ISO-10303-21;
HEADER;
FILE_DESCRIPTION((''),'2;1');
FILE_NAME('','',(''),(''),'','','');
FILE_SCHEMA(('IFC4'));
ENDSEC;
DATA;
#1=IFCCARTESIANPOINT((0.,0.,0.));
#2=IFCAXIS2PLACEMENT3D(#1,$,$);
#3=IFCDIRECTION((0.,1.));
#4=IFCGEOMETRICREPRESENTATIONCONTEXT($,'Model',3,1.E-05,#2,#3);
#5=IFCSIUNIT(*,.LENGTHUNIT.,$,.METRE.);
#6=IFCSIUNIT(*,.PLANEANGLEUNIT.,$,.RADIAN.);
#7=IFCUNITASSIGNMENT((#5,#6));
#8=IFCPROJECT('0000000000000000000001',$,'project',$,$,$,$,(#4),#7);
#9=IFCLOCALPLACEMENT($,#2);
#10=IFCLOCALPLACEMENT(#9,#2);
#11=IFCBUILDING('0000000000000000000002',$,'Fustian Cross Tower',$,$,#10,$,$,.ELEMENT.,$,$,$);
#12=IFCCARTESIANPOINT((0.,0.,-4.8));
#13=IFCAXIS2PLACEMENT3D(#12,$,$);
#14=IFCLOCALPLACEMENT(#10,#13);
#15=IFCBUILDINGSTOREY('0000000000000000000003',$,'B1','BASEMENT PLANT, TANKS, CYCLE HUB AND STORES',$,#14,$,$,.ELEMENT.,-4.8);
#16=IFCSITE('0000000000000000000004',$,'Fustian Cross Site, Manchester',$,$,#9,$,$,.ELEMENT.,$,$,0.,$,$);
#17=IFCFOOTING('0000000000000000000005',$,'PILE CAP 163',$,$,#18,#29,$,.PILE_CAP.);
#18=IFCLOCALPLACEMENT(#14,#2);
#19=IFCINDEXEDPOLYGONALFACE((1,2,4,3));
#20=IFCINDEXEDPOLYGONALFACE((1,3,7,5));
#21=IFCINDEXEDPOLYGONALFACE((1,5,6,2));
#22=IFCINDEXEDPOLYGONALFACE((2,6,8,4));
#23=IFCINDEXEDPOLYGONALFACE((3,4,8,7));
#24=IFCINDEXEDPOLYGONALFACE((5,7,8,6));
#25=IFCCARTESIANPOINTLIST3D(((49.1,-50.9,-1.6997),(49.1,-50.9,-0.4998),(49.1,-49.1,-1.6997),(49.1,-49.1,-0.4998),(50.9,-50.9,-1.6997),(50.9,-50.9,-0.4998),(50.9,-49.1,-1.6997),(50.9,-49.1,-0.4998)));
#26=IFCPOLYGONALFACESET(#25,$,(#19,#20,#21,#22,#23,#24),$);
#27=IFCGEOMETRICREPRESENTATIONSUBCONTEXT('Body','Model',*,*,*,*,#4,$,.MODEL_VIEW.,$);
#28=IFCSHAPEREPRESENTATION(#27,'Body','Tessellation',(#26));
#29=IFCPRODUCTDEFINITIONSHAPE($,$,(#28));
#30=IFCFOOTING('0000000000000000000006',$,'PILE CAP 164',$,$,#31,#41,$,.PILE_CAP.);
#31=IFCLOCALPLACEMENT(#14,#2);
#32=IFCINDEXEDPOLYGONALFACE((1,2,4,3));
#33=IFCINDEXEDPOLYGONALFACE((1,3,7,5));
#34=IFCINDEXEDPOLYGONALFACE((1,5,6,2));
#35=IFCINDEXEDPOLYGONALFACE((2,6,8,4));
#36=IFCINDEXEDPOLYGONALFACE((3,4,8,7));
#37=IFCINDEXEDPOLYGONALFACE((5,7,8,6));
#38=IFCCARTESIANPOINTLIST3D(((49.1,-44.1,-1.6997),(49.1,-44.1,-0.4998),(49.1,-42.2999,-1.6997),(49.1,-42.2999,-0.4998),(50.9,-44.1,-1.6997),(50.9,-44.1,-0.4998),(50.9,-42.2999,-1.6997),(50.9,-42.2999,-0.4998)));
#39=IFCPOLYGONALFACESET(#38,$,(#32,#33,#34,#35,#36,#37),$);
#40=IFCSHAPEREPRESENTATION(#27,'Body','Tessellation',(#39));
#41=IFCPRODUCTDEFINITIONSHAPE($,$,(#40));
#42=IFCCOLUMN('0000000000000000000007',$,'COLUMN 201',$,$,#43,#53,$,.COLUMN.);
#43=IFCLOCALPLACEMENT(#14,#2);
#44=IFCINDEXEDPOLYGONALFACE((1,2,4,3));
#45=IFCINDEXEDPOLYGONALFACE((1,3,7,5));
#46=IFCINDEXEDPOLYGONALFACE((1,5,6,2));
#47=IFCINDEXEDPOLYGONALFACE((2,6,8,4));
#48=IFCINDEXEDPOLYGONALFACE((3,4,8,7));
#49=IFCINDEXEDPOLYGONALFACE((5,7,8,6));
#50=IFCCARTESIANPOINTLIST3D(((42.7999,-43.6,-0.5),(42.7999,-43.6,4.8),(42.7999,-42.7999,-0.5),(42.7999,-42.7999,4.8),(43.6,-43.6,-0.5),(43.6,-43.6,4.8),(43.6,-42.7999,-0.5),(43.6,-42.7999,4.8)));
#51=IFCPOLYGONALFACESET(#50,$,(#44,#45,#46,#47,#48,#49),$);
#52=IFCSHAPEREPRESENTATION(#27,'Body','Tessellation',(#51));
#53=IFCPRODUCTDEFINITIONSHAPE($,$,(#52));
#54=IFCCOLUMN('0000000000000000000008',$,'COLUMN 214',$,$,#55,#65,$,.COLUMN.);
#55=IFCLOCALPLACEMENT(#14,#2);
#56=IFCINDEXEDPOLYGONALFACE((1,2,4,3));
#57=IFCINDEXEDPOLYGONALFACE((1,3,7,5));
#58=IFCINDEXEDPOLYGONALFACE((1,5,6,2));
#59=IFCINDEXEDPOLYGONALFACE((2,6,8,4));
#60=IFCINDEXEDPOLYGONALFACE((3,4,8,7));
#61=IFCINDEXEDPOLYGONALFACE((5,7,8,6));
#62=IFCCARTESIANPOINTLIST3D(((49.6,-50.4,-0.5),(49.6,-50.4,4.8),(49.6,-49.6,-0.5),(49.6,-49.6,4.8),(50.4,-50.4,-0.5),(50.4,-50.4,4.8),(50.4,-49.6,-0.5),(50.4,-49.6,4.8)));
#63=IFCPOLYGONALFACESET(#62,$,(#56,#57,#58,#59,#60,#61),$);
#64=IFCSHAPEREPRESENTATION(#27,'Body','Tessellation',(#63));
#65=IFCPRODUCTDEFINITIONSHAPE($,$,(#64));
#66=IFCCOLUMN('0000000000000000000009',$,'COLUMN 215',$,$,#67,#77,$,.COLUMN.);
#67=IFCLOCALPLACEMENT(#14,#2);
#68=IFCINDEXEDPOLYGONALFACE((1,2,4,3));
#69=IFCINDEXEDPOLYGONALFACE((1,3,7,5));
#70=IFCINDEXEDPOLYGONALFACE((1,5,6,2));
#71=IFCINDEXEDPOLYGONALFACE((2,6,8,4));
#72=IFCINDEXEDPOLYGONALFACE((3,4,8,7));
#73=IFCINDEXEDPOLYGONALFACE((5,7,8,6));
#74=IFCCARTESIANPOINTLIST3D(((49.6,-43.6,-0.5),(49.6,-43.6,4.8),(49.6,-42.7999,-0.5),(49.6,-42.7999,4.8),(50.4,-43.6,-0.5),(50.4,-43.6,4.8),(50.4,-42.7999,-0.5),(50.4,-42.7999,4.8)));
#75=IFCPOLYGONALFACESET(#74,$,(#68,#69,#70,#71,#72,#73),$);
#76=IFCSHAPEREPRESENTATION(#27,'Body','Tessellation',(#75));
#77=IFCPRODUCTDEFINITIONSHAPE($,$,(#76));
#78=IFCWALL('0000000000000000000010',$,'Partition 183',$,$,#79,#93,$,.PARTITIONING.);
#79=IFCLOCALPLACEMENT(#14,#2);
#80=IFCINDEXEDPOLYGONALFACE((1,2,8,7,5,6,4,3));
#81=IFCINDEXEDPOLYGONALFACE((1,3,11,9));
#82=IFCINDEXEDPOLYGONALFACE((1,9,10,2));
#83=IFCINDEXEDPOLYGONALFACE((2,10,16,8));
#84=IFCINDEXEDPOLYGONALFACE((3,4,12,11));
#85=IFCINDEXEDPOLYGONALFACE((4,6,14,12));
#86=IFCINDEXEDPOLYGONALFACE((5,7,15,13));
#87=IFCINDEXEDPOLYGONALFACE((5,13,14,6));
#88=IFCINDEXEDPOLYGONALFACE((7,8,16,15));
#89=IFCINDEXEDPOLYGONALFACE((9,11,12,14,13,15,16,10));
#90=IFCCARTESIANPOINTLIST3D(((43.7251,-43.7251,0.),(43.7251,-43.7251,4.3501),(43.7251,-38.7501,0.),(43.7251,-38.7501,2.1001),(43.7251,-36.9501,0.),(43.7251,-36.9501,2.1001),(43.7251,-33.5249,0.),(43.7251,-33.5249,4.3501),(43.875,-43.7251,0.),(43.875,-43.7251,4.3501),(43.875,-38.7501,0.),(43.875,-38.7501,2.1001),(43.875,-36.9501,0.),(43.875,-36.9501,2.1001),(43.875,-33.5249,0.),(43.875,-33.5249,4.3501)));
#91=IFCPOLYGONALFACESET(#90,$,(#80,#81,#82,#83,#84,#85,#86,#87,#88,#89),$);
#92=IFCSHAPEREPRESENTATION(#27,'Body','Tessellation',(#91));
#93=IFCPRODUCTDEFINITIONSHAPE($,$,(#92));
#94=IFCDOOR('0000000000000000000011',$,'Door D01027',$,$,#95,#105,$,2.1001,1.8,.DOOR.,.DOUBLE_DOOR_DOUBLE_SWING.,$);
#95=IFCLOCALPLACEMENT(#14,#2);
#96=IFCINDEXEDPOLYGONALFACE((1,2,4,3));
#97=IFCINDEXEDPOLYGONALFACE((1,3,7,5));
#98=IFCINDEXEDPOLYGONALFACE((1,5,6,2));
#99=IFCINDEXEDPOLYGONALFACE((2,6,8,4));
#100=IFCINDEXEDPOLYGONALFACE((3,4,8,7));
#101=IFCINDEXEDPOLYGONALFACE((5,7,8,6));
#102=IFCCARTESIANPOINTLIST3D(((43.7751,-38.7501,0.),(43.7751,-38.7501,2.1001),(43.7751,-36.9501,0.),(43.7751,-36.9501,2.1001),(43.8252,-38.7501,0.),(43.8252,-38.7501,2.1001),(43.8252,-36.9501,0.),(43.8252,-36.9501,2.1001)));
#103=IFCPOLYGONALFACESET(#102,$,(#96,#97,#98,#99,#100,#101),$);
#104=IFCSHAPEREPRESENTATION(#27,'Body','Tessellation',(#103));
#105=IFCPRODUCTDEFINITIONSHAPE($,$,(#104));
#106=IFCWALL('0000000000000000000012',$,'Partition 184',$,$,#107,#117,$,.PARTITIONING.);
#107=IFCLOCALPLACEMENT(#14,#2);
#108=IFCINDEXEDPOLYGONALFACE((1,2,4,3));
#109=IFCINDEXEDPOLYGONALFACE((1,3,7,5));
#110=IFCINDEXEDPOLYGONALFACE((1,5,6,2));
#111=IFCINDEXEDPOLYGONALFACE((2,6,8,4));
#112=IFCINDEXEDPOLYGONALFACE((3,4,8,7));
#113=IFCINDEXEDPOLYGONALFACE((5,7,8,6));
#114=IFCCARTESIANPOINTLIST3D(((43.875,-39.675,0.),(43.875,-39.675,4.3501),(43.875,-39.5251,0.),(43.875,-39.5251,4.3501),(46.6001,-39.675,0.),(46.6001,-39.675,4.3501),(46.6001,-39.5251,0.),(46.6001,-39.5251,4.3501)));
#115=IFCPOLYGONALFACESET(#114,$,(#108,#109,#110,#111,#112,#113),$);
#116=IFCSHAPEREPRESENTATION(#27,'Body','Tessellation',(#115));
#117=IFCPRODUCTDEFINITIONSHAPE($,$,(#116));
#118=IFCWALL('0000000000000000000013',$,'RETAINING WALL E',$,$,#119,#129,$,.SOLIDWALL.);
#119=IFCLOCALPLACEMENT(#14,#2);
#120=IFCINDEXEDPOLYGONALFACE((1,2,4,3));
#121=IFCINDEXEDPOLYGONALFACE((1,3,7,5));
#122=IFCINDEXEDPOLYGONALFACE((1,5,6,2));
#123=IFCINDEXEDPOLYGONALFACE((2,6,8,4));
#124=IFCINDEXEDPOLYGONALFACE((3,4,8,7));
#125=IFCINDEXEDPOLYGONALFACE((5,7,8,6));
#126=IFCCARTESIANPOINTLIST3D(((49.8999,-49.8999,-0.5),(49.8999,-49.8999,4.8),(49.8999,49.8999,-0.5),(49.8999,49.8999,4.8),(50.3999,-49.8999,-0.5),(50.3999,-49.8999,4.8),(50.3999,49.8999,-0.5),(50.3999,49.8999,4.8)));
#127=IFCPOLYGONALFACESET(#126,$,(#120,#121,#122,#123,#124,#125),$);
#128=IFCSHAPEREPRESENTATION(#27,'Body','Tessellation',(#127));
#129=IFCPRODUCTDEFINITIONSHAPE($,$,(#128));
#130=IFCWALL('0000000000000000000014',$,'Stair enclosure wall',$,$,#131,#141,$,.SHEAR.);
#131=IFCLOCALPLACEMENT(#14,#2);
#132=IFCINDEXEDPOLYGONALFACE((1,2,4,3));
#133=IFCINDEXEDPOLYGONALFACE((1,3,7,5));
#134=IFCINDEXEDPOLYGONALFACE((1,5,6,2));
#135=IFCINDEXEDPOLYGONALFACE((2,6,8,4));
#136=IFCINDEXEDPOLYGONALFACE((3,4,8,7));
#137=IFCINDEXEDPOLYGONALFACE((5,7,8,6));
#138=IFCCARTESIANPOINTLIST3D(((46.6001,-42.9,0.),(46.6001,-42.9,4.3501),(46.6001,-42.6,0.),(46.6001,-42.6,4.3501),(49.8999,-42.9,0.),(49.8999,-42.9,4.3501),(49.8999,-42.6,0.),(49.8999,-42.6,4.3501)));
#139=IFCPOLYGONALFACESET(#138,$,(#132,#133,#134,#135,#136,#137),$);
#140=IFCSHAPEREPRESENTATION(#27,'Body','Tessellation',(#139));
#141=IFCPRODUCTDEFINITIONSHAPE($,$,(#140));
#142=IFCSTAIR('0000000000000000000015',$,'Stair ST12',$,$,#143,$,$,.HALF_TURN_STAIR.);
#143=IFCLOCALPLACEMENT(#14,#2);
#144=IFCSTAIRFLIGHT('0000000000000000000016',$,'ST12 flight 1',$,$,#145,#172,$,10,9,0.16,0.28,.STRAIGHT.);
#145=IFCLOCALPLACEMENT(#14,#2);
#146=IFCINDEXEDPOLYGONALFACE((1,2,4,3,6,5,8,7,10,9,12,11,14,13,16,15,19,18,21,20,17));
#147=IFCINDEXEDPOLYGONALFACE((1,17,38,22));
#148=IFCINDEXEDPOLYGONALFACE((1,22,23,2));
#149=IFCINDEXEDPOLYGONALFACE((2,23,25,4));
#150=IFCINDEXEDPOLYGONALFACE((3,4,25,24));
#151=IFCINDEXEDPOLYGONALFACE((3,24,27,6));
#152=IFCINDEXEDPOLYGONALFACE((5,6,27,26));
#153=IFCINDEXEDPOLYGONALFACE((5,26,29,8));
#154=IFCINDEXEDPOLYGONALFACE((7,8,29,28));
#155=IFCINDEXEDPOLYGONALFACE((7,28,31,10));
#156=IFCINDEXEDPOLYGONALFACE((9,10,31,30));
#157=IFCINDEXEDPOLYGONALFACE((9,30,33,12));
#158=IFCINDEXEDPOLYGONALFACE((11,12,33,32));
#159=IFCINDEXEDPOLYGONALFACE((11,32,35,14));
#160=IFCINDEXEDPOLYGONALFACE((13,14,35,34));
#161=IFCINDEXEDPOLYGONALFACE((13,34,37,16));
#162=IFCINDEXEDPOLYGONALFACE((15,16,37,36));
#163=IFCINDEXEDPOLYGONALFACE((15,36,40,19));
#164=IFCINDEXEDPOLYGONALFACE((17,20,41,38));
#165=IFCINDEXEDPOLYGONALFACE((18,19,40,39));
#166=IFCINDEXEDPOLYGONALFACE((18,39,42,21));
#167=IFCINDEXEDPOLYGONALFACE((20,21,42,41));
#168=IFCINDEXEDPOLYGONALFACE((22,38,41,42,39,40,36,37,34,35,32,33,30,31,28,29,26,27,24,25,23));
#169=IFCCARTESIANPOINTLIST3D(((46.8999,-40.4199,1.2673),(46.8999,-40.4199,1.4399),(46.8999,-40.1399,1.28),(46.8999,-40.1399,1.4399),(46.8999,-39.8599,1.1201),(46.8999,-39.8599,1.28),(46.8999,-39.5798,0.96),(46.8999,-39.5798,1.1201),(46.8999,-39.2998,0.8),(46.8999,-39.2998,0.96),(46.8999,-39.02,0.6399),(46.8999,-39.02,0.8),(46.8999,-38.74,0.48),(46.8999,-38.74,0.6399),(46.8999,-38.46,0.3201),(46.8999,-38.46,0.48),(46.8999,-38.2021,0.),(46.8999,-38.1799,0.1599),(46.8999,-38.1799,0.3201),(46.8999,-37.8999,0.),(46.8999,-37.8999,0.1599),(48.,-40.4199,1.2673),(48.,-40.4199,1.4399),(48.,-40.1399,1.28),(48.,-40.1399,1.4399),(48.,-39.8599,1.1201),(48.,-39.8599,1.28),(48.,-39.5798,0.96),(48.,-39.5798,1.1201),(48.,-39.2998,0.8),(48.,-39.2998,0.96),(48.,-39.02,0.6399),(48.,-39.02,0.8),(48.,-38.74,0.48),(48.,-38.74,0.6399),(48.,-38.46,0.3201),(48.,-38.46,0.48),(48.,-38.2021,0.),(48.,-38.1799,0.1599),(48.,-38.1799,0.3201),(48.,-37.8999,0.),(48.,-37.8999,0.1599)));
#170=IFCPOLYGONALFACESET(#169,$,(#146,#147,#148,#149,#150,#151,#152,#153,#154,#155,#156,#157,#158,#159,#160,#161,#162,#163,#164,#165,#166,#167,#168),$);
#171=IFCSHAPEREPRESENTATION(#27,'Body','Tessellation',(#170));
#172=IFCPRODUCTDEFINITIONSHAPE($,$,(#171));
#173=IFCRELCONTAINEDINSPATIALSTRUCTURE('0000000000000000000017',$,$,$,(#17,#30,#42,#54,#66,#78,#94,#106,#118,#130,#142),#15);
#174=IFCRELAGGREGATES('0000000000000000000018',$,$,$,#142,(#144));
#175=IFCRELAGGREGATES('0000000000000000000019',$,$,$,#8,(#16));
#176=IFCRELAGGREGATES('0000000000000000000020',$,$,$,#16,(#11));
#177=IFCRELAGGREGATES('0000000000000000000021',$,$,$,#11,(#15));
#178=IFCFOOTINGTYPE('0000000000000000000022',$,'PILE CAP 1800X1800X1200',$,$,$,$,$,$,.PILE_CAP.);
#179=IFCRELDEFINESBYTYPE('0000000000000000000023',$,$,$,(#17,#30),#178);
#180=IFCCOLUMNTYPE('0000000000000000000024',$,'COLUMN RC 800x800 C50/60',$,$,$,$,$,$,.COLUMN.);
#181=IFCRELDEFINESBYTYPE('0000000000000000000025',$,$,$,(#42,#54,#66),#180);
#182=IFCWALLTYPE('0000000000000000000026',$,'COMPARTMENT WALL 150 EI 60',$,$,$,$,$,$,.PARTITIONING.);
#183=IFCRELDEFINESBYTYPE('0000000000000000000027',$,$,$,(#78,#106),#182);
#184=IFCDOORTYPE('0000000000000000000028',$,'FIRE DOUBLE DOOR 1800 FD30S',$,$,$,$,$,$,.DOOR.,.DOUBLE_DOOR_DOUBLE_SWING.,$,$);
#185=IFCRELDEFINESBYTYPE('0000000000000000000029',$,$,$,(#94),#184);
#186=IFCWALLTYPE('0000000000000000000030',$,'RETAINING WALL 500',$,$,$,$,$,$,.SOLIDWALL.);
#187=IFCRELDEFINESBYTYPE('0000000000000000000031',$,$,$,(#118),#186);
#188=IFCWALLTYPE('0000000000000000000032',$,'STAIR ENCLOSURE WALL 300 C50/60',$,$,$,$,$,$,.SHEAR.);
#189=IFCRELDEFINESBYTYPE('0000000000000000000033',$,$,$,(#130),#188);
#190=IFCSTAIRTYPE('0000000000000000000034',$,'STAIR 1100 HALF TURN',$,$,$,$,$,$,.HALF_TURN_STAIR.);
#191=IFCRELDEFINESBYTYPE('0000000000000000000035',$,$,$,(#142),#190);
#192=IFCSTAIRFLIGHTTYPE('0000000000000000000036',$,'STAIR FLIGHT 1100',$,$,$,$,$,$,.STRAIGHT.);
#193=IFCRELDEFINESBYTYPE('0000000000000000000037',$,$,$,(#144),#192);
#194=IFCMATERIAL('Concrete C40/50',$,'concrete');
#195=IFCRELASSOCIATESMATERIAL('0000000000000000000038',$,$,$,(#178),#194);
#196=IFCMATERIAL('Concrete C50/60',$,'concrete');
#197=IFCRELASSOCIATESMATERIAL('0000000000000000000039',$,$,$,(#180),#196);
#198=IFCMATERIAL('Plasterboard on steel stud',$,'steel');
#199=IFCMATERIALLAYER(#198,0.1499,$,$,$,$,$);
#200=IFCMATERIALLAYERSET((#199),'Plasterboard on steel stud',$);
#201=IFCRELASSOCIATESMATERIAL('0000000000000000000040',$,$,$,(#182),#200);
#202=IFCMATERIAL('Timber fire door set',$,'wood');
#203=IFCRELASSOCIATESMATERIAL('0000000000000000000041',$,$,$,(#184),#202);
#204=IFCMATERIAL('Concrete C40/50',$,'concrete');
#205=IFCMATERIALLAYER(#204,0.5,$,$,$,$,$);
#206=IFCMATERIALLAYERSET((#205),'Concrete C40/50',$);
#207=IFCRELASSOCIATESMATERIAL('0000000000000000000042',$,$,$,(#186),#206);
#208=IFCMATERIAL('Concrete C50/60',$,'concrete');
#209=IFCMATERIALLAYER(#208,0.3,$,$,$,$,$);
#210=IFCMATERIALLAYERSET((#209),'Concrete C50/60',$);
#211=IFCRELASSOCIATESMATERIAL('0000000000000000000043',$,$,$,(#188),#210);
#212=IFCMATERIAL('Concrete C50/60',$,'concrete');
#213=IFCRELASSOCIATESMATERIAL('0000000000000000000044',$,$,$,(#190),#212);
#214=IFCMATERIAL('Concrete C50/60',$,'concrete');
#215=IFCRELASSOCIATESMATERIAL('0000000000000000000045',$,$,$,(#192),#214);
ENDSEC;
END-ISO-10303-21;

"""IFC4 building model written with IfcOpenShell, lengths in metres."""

from ifc_helpers import new_model, si_unit, direction, frame, frame_2d, origin, origin_2d, place, context, subcontext, project, spatial, polyline, rectangle, outline, extrude, material, layer, layer_set, material_profile, profile_set, type_object, element, fill, aggregate, save


model = new_model("IFC4")

# Units and contexts
model_context = context("Model", 3, precision=1e-05, world=origin(), true_north=direction((0.0, 1.0)))
body_context = subcontext(model_context, "Body", "Model", "MODEL_VIEW")
ifc_project = project(units=[si_unit("LENGTHUNIT", "METRE"), si_unit("PLANEANGLEUNIT", "RADIAN")], contexts=[model_context])

# Site, building, storey
site_placement = place(None, origin())
site = spatial("IfcSite", under=ifc_project, at=site_placement, Name="Fustian Cross Site, Manchester", CompositionType="ELEMENT", RefElevation=0.0)
building_placement = place(site_placement, origin())
building = spatial("IfcBuilding", under=site, at=building_placement, Name="Fustian Cross Tower", CompositionType="ELEMENT")
storey_placement = place(building_placement, frame((0.0, 0.0, -4.8)))
storey = spatial("IfcBuildingStorey", under=building, at=storey_placement, Name="B1", Description="BASEMENT PLANT, TANKS, CYCLE HUB AND STORES", CompositionType="ELEMENT", Elevation=-4.8)

# Footings
ifc_material_1 = material(Name="Concrete C40/50", Category="concrete")
footing_type_1 = type_object("IfcFootingType", Name="PILE CAP 1800X1800X1200", PredefinedType="PILE_CAP", material=ifc_material_1)
for number, where, z_axis, x_axis, name in (
    (1, (50.0, -50.0, -1.6997), (0.0, 0.0, 1.0), (1.0, 0.0, 0.0), "PILE CAP 163"),
    (2, (50.0, -43.2, -1.6997), (0.0, 0.0, 1.0), (1.0, 0.0, 0.0), "PILE CAP 164"),
):
    element("IfcFooting", number, at=place(storey_placement, frame(where, z_axis=z_axis, x_axis=x_axis)), inside=storey, type_object=footing_type_1, Name=name, PredefinedType="PILE_CAP", context=body_context, shape_type="SweptSolid", body=[
        extrude(rectangle(XDim=1.8, YDim=1.8, at=origin_2d()), origin(), (0.0, 0.0, 1.0), 1.2),
    ])

# Columns
ifc_material_2 = material(Name="Concrete C50/60", Category="concrete")
ifc_material_profile_1 = material_profile(ifc_material_2, rectangle(XDim=0.8, YDim=0.8, at=origin_2d()), Name="RC 800x800")
ifc_profile_set_1 = profile_set([ifc_material_profile_1], Name="Concrete C50/60")
column_type = type_object("IfcColumnType", Name="COLUMN RC 800x800 C50/60", PredefinedType="COLUMN", material=ifc_profile_set_1)
for number, where, z_axis, x_axis, name in (
    (3, (43.2, -43.2, -0.5), (0.0, 0.0, 1.0), (1.0, 0.0, 0.0), "COLUMN 201"),
    (4, (50.0, -50.0, -0.5), (0.0, 0.0, 1.0), (1.0, 0.0, 0.0), "COLUMN 214"),
    (5, (50.0, -43.2, -0.5), (0.0, 0.0, 1.0), (1.0, 0.0, 0.0), "COLUMN 215"),
):
    element("IfcColumn", number, at=place(storey_placement, frame(where, z_axis=z_axis, x_axis=x_axis)), inside=storey, type_object=column_type, Name=name, PredefinedType="COLUMN", context=body_context, shape_type="SweptSolid", body=[
        extrude(rectangle(XDim=0.8, YDim=0.8, at=origin_2d()), origin(), (0.0, 0.0, 1.0), 5.3),
    ])

# Wall, opening, door
ifc_material_3 = material(Name="Plasterboard on steel stud", Category="steel")
ifc_layer_1 = layer(ifc_material_3, 0.1499)
ifc_layer_set_1 = layer_set([ifc_layer_1], Name="Plasterboard on steel stud")
wall_type_1 = type_object("IfcWallType", Name="COMPARTMENT WALL 150 EI 60", PredefinedType="PARTITIONING", material=ifc_layer_set_1)
wall_1_placement = place(storey_placement, frame((43.8, -43.7251, 0.0), z_axis=(0.0, 0.0, 1.0), x_axis=(0.0, 1.0, 0.0)))
wall_1 = element("IfcWall", 6, at=wall_1_placement, inside=storey, type_object=wall_type_1, Name="Partition 183", PredefinedType="PARTITIONING", context=body_context, shape_type="SweptSolid", body=[
    extrude(rectangle(XDim=10.2002, YDim=0.1499, at=frame_2d((5.1001, 0.0))), origin(), (0.0, 0.0, 1.0), 4.3501),
])
opening_placement = place(wall_1_placement, frame((4.9751, 0.0, 0.0)))
opening = element("IfcOpeningElement", 7, at=opening_placement, cuts=wall_1, PredefinedType="OPENING", context=body_context, shape_type="SweptSolid", body=[
    extrude(rectangle(XDim=1.8, YDim=2.1001, at=frame_2d((0.8999, 1.05))), frame((0.0, 0.085, 0.0), z_axis=(0.0, -1.0, 0.0), x_axis=(1.0, 0.0, 0.0)), (0.0, 0.0, 1.0), 0.1699),
])
ifc_material_4 = material(Name="Timber fire door set", Category="wood")
door_type = type_object("IfcDoorType", Name="FIRE DOUBLE DOOR 1800 FD30S", OperationType="DOUBLE_DOOR_DOUBLE_SWING", PredefinedType="DOOR", material=ifc_material_4)
door_placement = place(opening_placement, origin())
door = element("IfcDoor", 8, at=door_placement, inside=storey, type_object=door_type, Name="Door D01027", OperationType="DOUBLE_DOOR_DOUBLE_SWING", OverallHeight=2.1001, OverallWidth=1.8, PredefinedType="DOOR", context=body_context, shape_type="SweptSolid", body=[
    extrude(rectangle(XDim=1.8, YDim=2.1001, at=frame_2d((0.8999, 1.05))), frame((0.0, 0.0249, 0.0), z_axis=(0.0, -1.0, 0.0), x_axis=(1.0, 0.0, 0.0)), (0.0, 0.0, 1.0), 0.05),
])
fill(opening, door)

# Walls
wall_2_placement = place(storey_placement, frame((43.875, -39.6001, 0.0), z_axis=(0.0, 0.0, 1.0), x_axis=(1.0, 0.0, 0.0)))
element("IfcWall", 9, at=wall_2_placement, inside=storey, type_object=wall_type_1, Name="Partition 184", PredefinedType="PARTITIONING", context=body_context, shape_type="SweptSolid", body=[
    extrude(rectangle(XDim=2.7251, YDim=0.1499, at=frame_2d((1.3625, 0.0))), origin(), (0.0, 0.0, 1.0), 4.3501),
])
ifc_material_5 = material(Name="Concrete C40/50", Category="concrete")
ifc_layer_2 = layer(ifc_material_5, 0.5)
ifc_layer_set_2 = layer_set([ifc_layer_2], Name="Concrete C40/50")
wall_type_2 = type_object("IfcWallType", Name="RETAINING WALL 500", PredefinedType="SOLIDWALL", material=ifc_layer_set_2)
wall_3_placement = place(storey_placement, frame((50.1499, -49.8999, -0.5), z_axis=(0.0, 0.0, 1.0), x_axis=(0.0, 1.0, 0.0)))
element("IfcWall", 10, at=wall_3_placement, inside=storey, type_object=wall_type_2, Name="RETAINING WALL E", PredefinedType="SOLIDWALL", context=body_context, shape_type="SweptSolid", body=[
    extrude(rectangle(XDim=99.7998, YDim=0.5, at=frame_2d((49.8999, 0.0))), origin(), (0.0, 0.0, 1.0), 5.3),
])
ifc_material_6 = material(Name="Concrete C50/60", Category="concrete")
ifc_layer_3 = layer(ifc_material_6, 0.3)
ifc_layer_set_3 = layer_set([ifc_layer_3], Name="Concrete C50/60")
wall_type_3 = type_object("IfcWallType", Name="STAIR ENCLOSURE WALL 300 C50/60", PredefinedType="SHEAR", material=ifc_layer_set_3)
wall_4_placement = place(storey_placement, frame((46.6001, -42.75, 0.0), z_axis=(0.0, 0.0, 1.0), x_axis=(1.0, 0.0, 0.0)))
element("IfcWall", 11, at=wall_4_placement, inside=storey, type_object=wall_type_3, Name="Stair enclosure wall", PredefinedType="SHEAR", context=body_context, shape_type="SweptSolid", body=[
    extrude(rectangle(XDim=3.2998, YDim=0.3, at=frame_2d((1.6499, 0.0))), origin(), (0.0, 0.0, 1.0), 4.3501),
])

# Stair, stair flight
ifc_material_7 = material(Name="Concrete C50/60", Category="concrete")
stair_type = type_object("IfcStairType", Name="STAIR 1100 HALF TURN", PredefinedType="HALF_TURN_STAIR", material=ifc_material_7)
stair_placement = place(storey_placement, origin())
stair = element("IfcStair", 12, at=stair_placement, inside=storey, type_object=stair_type, Name="Stair ST12", PredefinedType="HALF_TURN_STAIR")
ifc_material_8 = material(Name="Concrete C50/60", Category="concrete")
stair_flight_type = type_object("IfcStairFlightType", Name="STAIR FLIGHT 1100", PredefinedType="STRAIGHT", material=ifc_material_8)
stair_flight_1_placement = place(storey_placement, frame((47.45, -37.8999, 0.0), z_axis=(0.0, 0.0, 1.0), x_axis=(0.0, -1.0, 0.0)))
stair_flight_1 = element("IfcStairFlight", 13, at=stair_flight_1_placement, type_object=stair_flight_type, Name="ST12 flight 1", NumberOfRisers=10, NumberOfTreads=9, PredefinedType="STRAIGHT", RiserHeight=0.16, TreadLength=0.28, context=body_context, shape_type="SweptSolid", body=[
    extrude(outline(polyline([(0.0, 0.0), (0.0, 0.1599), (0.28, 0.1599), (0.28, 0.3201), (0.5601, 0.3201), (0.5601, 0.48), (0.8401, 0.48), (0.8401, 0.6399), (1.1201, 0.6399), (1.1201, 0.8), (1.3999, 0.8), (1.3999, 0.96), (1.6799, 0.96), (1.6799, 1.1201), (1.96, 1.1201), (1.96, 1.28), (2.24, 1.28), (2.24, 1.4399), (2.52, 1.4399), (2.52, 1.6001), (2.52, 1.2673), (0.3022, 0.0), (0.0, 0.0)])), frame((0.0, 0.55, 0.0), z_axis=(0.0, -1.0, 0.0), x_axis=(1.0, 0.0, 0.0)), (0.0, 0.0, 1.0), 1.1001),
])
aggregate(stair, [stair_flight_1])

save(model, "model.ifc")
